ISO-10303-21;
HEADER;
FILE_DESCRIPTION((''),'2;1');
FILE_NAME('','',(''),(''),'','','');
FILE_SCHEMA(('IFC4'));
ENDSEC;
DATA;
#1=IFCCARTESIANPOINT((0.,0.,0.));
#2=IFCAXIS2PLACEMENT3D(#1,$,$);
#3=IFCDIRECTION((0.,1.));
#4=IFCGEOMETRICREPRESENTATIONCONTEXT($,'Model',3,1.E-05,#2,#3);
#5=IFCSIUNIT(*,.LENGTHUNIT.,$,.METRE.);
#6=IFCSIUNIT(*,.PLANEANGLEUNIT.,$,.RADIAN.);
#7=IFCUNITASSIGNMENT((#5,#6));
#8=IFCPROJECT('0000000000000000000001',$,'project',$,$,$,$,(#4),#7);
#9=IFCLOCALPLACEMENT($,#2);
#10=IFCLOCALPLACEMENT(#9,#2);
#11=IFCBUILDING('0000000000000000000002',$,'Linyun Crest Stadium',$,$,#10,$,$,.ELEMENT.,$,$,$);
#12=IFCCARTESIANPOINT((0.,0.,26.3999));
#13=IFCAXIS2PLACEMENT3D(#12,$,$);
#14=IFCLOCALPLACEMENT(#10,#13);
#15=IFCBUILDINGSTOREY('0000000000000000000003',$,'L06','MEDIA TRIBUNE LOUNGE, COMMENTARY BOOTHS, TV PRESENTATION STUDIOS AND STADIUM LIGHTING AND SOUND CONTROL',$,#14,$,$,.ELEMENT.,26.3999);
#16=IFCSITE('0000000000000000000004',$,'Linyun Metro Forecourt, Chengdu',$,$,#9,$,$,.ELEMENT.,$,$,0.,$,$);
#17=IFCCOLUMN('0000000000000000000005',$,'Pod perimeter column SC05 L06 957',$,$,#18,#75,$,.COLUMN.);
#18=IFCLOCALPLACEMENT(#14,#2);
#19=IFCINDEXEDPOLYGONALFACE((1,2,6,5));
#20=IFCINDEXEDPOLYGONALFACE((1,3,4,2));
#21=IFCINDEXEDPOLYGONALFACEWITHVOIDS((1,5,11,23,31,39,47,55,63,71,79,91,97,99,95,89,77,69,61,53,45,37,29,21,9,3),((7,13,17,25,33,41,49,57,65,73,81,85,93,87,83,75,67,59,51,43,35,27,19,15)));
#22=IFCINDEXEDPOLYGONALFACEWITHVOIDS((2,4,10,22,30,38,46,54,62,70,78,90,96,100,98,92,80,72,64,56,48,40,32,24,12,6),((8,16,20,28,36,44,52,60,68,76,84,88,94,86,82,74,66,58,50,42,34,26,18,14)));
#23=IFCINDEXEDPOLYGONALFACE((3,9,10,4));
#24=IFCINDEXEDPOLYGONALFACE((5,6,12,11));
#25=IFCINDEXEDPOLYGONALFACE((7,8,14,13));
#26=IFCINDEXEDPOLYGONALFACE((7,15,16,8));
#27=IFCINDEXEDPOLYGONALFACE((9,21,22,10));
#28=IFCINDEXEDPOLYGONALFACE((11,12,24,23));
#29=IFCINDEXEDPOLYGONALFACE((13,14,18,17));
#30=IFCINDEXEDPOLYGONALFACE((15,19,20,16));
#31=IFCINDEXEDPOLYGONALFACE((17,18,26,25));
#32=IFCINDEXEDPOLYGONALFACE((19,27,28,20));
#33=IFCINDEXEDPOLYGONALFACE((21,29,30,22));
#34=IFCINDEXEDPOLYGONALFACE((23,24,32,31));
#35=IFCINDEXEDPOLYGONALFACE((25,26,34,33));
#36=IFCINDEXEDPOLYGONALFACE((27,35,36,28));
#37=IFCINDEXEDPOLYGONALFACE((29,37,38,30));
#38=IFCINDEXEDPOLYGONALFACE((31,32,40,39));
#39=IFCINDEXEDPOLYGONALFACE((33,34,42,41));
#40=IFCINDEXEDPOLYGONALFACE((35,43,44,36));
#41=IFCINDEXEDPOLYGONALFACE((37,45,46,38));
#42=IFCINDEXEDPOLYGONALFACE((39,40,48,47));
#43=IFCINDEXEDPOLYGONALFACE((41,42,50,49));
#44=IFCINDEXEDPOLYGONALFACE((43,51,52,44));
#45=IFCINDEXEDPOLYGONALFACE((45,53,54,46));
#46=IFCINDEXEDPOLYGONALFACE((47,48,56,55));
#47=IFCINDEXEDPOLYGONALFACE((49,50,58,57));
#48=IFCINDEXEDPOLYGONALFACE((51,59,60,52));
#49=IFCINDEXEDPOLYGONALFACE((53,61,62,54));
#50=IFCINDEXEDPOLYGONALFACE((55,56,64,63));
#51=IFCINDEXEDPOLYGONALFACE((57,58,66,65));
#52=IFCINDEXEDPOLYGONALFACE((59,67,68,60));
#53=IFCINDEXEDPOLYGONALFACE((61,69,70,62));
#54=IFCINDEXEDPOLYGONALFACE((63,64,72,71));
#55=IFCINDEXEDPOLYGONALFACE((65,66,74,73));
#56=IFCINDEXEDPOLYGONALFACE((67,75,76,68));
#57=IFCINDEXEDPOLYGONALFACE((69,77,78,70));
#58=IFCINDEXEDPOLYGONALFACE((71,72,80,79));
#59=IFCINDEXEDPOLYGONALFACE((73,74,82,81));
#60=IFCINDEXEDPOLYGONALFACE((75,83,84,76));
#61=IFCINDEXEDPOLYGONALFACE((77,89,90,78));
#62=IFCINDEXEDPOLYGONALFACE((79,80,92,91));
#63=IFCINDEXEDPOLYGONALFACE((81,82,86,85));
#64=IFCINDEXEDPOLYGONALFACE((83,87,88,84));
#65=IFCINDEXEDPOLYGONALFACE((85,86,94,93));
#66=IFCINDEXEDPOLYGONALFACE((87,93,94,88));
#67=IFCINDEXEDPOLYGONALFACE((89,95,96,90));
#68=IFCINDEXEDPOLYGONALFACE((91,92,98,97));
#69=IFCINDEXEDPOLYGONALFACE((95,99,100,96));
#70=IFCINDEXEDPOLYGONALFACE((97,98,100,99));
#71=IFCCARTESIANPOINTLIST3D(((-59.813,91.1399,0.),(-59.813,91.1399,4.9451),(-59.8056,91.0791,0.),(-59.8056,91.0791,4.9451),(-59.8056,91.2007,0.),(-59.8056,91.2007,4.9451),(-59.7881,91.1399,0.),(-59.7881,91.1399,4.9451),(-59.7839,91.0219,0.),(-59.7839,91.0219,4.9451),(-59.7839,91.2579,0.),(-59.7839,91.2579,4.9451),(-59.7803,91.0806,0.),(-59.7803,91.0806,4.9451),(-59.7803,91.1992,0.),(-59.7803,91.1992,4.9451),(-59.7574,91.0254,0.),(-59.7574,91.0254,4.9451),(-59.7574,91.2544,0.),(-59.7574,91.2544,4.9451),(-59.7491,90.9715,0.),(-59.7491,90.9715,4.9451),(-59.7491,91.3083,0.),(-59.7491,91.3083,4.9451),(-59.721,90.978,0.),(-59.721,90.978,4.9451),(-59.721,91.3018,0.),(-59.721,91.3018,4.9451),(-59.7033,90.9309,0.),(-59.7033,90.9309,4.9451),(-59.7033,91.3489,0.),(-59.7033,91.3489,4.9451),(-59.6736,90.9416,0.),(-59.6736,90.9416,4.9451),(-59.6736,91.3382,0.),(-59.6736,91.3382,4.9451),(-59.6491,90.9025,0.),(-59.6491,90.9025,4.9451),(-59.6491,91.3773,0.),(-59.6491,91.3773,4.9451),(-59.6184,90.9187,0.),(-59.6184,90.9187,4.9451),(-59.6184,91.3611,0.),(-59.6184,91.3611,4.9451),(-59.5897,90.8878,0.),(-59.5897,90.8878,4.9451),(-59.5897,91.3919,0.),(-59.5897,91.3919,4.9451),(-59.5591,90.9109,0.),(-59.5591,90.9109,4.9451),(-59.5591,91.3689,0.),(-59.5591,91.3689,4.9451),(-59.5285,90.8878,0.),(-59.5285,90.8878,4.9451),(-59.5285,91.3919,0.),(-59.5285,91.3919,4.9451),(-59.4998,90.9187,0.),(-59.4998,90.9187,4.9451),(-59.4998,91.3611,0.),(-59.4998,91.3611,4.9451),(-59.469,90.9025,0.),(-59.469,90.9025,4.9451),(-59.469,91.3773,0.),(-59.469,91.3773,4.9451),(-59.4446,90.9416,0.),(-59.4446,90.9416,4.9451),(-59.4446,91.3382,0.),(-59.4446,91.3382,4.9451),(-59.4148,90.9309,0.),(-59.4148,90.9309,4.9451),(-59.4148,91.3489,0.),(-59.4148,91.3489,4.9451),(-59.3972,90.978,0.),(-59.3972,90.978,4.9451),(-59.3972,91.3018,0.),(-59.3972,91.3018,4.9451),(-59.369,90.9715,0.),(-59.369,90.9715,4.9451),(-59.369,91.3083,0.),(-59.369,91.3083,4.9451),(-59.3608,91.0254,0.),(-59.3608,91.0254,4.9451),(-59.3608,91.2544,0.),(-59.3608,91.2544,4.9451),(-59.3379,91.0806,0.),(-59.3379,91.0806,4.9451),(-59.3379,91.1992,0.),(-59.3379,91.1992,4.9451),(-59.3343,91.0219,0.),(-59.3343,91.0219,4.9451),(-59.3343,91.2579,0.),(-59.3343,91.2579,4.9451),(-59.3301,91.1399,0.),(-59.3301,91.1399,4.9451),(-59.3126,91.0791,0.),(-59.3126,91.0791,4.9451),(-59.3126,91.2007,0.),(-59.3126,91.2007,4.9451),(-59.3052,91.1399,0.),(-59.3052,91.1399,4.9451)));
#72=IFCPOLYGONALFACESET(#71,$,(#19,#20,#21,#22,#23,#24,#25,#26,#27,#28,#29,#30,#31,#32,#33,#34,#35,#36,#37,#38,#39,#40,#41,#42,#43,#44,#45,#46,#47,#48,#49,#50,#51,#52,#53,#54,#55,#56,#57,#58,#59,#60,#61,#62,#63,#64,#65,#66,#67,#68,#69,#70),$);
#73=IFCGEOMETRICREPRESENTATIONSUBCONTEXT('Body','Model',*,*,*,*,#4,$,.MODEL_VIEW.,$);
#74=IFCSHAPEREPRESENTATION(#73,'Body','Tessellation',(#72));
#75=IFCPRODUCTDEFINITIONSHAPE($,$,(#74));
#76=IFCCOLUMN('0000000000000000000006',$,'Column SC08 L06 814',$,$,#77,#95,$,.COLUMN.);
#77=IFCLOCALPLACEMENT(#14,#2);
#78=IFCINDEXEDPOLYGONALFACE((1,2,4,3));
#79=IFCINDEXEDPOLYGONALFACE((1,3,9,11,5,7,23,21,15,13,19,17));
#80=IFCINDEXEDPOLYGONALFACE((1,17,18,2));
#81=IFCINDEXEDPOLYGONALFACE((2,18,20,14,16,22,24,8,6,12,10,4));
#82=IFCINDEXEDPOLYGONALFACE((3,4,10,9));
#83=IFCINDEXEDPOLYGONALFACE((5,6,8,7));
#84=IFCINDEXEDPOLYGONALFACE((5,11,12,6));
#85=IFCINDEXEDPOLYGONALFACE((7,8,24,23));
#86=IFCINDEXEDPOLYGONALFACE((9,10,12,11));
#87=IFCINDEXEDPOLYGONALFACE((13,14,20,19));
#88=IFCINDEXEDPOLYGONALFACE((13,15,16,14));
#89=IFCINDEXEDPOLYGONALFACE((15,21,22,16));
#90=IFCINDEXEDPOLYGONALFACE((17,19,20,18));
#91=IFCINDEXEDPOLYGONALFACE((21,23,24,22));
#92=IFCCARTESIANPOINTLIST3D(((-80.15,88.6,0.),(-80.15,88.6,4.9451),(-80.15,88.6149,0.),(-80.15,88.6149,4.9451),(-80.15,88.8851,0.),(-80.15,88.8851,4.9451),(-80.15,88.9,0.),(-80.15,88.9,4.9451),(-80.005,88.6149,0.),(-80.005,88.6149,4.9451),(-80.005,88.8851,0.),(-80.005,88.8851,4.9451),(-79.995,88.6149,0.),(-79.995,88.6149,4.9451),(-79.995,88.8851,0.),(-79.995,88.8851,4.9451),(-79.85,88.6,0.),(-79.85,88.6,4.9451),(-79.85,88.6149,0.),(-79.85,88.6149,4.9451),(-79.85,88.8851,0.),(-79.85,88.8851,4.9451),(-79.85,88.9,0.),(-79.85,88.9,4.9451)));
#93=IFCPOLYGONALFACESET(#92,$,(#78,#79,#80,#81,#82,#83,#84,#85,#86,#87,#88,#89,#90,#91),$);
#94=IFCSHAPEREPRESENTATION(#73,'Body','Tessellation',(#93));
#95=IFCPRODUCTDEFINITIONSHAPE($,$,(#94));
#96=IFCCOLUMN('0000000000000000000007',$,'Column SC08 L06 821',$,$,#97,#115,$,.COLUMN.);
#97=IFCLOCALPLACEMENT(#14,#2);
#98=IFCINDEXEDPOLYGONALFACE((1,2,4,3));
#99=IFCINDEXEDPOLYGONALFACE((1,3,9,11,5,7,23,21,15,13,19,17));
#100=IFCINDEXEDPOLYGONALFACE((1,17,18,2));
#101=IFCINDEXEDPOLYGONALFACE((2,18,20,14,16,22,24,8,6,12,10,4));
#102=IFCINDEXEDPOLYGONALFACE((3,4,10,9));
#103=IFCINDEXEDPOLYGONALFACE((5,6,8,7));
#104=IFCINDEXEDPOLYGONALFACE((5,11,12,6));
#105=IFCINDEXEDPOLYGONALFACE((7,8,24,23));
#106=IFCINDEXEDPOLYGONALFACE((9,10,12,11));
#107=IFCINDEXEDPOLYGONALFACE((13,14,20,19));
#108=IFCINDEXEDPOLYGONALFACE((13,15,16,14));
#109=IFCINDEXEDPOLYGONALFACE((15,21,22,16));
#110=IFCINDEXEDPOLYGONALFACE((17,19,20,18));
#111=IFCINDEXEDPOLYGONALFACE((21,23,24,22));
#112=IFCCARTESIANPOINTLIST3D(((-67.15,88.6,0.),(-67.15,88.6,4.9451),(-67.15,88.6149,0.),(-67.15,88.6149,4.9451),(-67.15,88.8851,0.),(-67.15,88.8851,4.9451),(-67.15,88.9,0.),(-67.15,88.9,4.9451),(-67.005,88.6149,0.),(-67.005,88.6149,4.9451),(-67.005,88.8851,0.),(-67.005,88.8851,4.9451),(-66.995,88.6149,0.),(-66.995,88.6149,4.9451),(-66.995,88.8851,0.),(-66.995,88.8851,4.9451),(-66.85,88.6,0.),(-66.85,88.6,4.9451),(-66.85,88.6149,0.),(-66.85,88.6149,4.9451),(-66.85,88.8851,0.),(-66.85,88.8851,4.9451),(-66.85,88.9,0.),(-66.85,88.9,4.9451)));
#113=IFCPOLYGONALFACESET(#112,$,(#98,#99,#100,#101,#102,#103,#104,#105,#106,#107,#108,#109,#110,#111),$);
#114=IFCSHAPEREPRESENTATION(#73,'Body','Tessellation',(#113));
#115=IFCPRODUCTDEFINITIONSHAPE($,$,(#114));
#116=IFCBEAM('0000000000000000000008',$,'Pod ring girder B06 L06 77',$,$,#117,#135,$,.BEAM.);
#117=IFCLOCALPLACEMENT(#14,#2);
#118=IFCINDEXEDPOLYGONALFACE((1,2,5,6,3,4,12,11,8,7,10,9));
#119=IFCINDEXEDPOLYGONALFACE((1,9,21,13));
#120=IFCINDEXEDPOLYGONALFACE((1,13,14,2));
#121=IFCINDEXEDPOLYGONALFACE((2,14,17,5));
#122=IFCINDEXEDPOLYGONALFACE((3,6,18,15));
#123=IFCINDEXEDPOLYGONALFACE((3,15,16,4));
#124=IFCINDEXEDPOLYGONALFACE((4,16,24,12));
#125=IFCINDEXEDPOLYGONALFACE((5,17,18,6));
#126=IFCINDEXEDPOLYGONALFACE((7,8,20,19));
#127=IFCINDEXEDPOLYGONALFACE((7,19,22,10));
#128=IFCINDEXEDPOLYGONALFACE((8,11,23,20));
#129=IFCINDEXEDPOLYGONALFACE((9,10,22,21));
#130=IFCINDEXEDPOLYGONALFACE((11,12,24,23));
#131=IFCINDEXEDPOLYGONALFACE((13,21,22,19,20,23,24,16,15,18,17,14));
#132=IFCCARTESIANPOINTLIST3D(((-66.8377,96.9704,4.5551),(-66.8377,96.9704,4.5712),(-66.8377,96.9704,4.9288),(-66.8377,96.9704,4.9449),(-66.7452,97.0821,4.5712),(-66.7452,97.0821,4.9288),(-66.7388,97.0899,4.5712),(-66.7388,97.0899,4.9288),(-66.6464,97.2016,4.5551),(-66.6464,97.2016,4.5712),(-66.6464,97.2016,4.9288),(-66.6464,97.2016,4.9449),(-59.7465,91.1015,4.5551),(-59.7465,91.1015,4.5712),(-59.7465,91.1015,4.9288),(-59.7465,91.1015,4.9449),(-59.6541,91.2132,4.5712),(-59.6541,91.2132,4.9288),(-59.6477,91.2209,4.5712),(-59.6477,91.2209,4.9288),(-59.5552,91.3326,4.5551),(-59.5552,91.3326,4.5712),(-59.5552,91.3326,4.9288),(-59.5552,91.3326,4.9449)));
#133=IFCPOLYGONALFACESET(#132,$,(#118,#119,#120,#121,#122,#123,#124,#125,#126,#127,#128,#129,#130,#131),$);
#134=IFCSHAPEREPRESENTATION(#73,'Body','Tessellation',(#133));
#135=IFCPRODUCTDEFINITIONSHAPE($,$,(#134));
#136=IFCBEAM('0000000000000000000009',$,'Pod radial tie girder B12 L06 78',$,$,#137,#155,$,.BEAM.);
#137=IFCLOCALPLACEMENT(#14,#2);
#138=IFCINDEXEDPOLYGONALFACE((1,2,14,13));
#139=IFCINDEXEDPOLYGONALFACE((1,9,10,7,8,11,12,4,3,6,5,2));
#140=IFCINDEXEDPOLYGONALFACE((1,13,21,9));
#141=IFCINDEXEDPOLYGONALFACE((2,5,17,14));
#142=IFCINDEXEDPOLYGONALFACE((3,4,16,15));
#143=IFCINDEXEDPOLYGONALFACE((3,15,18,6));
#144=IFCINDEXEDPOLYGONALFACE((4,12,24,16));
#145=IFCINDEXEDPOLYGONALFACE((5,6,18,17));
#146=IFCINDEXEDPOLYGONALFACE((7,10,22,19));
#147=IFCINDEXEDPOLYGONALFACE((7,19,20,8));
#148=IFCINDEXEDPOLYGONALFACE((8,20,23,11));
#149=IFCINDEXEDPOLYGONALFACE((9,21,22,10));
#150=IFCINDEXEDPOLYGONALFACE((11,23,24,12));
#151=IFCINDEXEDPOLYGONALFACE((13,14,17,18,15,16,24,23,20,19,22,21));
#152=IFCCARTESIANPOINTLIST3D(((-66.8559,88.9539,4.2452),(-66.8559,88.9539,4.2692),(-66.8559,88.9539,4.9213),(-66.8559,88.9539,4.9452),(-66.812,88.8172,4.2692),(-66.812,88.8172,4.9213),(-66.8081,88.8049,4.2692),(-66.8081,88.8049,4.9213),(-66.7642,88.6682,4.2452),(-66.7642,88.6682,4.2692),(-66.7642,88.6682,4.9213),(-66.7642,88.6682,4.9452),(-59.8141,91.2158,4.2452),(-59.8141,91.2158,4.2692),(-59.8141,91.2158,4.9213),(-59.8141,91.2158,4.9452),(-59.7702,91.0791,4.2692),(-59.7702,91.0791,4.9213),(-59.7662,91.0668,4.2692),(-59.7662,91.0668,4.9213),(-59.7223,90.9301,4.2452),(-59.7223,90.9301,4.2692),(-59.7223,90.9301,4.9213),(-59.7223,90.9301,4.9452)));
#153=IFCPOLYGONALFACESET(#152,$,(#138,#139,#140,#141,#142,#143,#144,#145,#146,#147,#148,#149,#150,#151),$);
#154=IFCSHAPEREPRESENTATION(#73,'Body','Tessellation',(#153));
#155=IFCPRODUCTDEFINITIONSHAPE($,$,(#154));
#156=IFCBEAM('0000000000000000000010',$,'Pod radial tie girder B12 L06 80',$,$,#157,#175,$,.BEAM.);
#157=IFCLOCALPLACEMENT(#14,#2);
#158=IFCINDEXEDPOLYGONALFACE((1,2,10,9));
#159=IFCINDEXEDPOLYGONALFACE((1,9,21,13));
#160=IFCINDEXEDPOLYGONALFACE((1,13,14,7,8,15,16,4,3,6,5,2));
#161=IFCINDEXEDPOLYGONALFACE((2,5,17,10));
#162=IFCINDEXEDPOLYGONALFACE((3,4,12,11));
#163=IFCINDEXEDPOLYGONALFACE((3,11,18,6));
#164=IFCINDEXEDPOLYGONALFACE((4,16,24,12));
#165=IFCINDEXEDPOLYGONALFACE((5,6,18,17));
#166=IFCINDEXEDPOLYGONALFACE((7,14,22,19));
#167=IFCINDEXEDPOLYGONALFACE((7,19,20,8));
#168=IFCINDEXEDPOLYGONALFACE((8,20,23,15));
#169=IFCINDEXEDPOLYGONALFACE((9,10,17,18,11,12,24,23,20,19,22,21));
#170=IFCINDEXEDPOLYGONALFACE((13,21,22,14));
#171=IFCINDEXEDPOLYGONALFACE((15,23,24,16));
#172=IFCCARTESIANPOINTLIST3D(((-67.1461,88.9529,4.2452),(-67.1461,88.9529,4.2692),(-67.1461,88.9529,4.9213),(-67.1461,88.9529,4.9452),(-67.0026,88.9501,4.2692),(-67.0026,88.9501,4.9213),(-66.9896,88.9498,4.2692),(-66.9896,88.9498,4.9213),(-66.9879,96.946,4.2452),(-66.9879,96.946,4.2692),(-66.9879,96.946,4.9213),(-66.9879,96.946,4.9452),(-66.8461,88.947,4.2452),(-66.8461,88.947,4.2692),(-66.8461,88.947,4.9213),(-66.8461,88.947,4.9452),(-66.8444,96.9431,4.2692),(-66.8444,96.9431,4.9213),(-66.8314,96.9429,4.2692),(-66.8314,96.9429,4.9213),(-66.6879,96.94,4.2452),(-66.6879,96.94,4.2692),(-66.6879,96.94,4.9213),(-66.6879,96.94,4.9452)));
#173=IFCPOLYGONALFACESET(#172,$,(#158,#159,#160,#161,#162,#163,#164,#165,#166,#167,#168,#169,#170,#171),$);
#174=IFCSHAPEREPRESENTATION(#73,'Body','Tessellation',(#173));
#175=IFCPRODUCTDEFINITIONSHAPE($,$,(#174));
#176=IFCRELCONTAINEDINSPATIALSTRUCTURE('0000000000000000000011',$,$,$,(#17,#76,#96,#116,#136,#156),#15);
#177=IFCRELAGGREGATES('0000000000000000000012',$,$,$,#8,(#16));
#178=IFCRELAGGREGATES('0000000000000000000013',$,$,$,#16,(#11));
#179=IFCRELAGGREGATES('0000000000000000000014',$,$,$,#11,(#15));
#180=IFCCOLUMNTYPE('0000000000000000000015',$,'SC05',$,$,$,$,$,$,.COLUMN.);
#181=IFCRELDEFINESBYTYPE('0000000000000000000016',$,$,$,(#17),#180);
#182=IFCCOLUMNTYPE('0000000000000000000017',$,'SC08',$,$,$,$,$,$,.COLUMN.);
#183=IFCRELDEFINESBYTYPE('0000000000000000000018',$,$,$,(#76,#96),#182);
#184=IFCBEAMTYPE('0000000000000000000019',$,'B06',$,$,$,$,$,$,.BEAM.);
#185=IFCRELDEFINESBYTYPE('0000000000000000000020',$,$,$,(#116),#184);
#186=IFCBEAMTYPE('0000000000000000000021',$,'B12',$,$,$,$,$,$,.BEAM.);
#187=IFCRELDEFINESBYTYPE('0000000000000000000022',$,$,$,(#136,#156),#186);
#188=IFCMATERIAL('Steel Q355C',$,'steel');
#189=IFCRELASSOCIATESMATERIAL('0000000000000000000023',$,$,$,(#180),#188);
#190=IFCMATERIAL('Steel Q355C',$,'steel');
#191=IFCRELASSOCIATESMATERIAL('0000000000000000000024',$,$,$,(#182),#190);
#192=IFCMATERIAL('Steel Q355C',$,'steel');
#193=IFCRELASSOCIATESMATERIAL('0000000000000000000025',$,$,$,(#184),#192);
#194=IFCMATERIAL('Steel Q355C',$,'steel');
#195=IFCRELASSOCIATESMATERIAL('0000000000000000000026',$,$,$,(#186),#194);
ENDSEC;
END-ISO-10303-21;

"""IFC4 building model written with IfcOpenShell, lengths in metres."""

from ifc_helpers import new_model, si_unit, direction, frame, origin, origin_2d, place, context, subcontext, project, spatial, hollow_circle, i_section, extrude, material, material_profile, profile_set, type_object, element, save


model = new_model("IFC4")

# Units and contexts
model_context = context("Model", 3, precision=1e-05, world=origin(), true_north=direction((0.0, 1.0)))
body_context = subcontext(model_context, "Body", "Model", "MODEL_VIEW")
ifc_project = project(units=[si_unit("LENGTHUNIT", "METRE"), si_unit("PLANEANGLEUNIT", "RADIAN")], contexts=[model_context])

# Site, building, storey
site_placement = place(None, origin())
site = spatial("IfcSite", under=ifc_project, at=site_placement, Name="Linyun Metro Forecourt, Chengdu", CompositionType="ELEMENT", RefElevation=0.0)
building_placement = place(site_placement, origin())
building = spatial("IfcBuilding", under=site, at=building_placement, Name="Linyun Crest Stadium", CompositionType="ELEMENT")
storey_placement = place(building_placement, frame((0.0, 0.0, 26.3999)))
storey = spatial("IfcBuildingStorey", under=building, at=storey_placement, Name="L06", Description="MEDIA TRIBUNE LOUNGE, COMMENTARY BOOTHS, TV PRESENTATION STUDIOS AND STADIUM LIGHTING AND SOUND CONTROL", CompositionType="ELEMENT", Elevation=26.3999)

# Columns
ifc_material_1 = material(Name="Steel Q355C", Category="steel")
ifc_material_profile_1 = material_profile(ifc_material_1, hollow_circle(Radius=0.2539, WallThickness=0.0249, at=origin_2d()), Name="CHS 508x25")
ifc_profile_set_1 = profile_set([ifc_material_profile_1], Name="Steel Q355C")
column_type_1 = type_object("IfcColumnType", Name="SC05", PredefinedType="COLUMN", material=ifc_profile_set_1)
column_placement = place(storey_placement, frame((-59.5591, 91.1399, 0.0), z_axis=(0.0, 0.0, 1.0), x_axis=(1.0, 0.0, 0.0)))
element("IfcColumn", 1, at=column_placement, inside=storey, type_object=column_type_1, Name="Pod perimeter column SC05 L06 957", PredefinedType="COLUMN", context=body_context, shape_type="SweptSolid", body=[
    extrude(hollow_circle(Radius=0.2539, WallThickness=0.0249, at=origin_2d()), origin(), (0.0, 0.0, 1.0), 4.9451),
])
ifc_material_2 = material(Name="Steel Q355C", Category="steel")
ifc_material_profile_2 = material_profile(ifc_material_2, i_section(OverallWidth=0.3, OverallDepth=0.3, WebThickness=0.01, FlangeThickness=0.0149, at=origin_2d()), Name="HW 300x300")
ifc_profile_set_2 = profile_set([ifc_material_profile_2], Name="Steel Q355C")
column_type_2 = type_object("IfcColumnType", Name="SC08", PredefinedType="COLUMN", material=ifc_profile_set_2)
for number, where, z_axis, x_axis, name in (
    (2, (-80.0, 88.75, 0.0), (0.0, 0.0, 1.0), (1.0, 0.0, 0.0), "Column SC08 L06 814"),
    (3, (-67.0, 88.75, 0.0), (0.0, 0.0, 1.0), (1.0, 0.0, 0.0), "Column SC08 L06 821"),
):
    element("IfcColumn", number, at=place(storey_placement, frame(where, z_axis=z_axis, x_axis=x_axis)), inside=storey, type_object=column_type_2, Name=name, PredefinedType="COLUMN", context=body_context, shape_type="SweptSolid", body=[
        extrude(i_section(OverallWidth=0.3, OverallDepth=0.3, WebThickness=0.01, FlangeThickness=0.0149, at=origin_2d()), origin(), (0.0, 0.0, 1.0), 4.9451),
    ])

# Beams
ifc_material_3 = material(Name="Steel Q355C", Category="steel")
ifc_material_profile_3 = material_profile(ifc_material_3, i_section(OverallWidth=0.3, OverallDepth=0.3899, WebThickness=0.01, FlangeThickness=0.0161, at=origin_2d()), Name="HM 390x300")
ifc_profile_set_3 = profile_set([ifc_material_profile_3], Name="Steel Q355C")
beam_type_1 = type_object("IfcBeamType", Name="B06", PredefinedType="BEAM", material=ifc_profile_set_3)
beam_1_placement = place(storey_placement, frame((-59.6509, 91.217, 4.75), z_axis=(-0.770371, 0.637595, 0.0), x_axis=(-0.637595, -0.770371, 0.0)))
element("IfcBeam", 4, at=beam_1_placement, inside=storey, type_object=beam_type_1, Name="Pod ring girder B06 L06 77", PredefinedType="BEAM", context=body_context, shape_type="SweptSolid", body=[
    extrude(i_section(OverallWidth=0.3, OverallDepth=0.3899, WebThickness=0.01, FlangeThickness=0.0161, at=origin_2d()), origin(), (0.0, 0.0, 1.0), 9.2048),
])
ifc_material_4 = material(Name="Steel Q355C", Category="steel")
ifc_material_profile_4 = material_profile(ifc_material_4, i_section(OverallWidth=0.3, OverallDepth=0.7, WebThickness=0.0129, FlangeThickness=0.0239, at=origin_2d()), Name="HN 700x300")
ifc_profile_set_4 = profile_set([ifc_material_profile_4], Name="Steel Q355C")
beam_type_2 = type_object("IfcBeamType", Name="B12", PredefinedType="BEAM", material=ifc_profile_set_4)
beam_2_placement = place(storey_placement, frame((-66.8101, 88.811, 4.5952), z_axis=(0.952089, 0.305821, 0.0), x_axis=(-0.305821, 0.952089, 0.0)))
element("IfcBeam", 5, at=beam_2_placement, inside=storey, type_object=beam_type_2, Name="Pod radial tie girder B12 L06 78", PredefinedType="BEAM", context=body_context, shape_type="SweptSolid", body=[
    extrude(i_section(OverallWidth=0.3, OverallDepth=0.7, WebThickness=0.0129, FlangeThickness=0.0239, at=origin_2d()), origin(), (0.0, 0.0, 1.0), 7.3962),
])
beam_3_placement = place(storey_placement, frame((-66.9961, 88.95, 4.5952), z_axis=(0.019788, 0.999804, 0.0), x_axis=(-0.999804, 0.019788, 0.0)))
element("IfcBeam", 6, at=beam_3_placement, inside=storey, type_object=beam_type_2, Name="Pod radial tie girder B12 L06 80", PredefinedType="BEAM", context=body_context, shape_type="SweptSolid", body=[
    extrude(i_section(OverallWidth=0.3, OverallDepth=0.7, WebThickness=0.0129, FlangeThickness=0.0239, at=origin_2d()), origin(), (0.0, 0.0, 1.0), 7.9946),
])

save(model, "model.ifc")
